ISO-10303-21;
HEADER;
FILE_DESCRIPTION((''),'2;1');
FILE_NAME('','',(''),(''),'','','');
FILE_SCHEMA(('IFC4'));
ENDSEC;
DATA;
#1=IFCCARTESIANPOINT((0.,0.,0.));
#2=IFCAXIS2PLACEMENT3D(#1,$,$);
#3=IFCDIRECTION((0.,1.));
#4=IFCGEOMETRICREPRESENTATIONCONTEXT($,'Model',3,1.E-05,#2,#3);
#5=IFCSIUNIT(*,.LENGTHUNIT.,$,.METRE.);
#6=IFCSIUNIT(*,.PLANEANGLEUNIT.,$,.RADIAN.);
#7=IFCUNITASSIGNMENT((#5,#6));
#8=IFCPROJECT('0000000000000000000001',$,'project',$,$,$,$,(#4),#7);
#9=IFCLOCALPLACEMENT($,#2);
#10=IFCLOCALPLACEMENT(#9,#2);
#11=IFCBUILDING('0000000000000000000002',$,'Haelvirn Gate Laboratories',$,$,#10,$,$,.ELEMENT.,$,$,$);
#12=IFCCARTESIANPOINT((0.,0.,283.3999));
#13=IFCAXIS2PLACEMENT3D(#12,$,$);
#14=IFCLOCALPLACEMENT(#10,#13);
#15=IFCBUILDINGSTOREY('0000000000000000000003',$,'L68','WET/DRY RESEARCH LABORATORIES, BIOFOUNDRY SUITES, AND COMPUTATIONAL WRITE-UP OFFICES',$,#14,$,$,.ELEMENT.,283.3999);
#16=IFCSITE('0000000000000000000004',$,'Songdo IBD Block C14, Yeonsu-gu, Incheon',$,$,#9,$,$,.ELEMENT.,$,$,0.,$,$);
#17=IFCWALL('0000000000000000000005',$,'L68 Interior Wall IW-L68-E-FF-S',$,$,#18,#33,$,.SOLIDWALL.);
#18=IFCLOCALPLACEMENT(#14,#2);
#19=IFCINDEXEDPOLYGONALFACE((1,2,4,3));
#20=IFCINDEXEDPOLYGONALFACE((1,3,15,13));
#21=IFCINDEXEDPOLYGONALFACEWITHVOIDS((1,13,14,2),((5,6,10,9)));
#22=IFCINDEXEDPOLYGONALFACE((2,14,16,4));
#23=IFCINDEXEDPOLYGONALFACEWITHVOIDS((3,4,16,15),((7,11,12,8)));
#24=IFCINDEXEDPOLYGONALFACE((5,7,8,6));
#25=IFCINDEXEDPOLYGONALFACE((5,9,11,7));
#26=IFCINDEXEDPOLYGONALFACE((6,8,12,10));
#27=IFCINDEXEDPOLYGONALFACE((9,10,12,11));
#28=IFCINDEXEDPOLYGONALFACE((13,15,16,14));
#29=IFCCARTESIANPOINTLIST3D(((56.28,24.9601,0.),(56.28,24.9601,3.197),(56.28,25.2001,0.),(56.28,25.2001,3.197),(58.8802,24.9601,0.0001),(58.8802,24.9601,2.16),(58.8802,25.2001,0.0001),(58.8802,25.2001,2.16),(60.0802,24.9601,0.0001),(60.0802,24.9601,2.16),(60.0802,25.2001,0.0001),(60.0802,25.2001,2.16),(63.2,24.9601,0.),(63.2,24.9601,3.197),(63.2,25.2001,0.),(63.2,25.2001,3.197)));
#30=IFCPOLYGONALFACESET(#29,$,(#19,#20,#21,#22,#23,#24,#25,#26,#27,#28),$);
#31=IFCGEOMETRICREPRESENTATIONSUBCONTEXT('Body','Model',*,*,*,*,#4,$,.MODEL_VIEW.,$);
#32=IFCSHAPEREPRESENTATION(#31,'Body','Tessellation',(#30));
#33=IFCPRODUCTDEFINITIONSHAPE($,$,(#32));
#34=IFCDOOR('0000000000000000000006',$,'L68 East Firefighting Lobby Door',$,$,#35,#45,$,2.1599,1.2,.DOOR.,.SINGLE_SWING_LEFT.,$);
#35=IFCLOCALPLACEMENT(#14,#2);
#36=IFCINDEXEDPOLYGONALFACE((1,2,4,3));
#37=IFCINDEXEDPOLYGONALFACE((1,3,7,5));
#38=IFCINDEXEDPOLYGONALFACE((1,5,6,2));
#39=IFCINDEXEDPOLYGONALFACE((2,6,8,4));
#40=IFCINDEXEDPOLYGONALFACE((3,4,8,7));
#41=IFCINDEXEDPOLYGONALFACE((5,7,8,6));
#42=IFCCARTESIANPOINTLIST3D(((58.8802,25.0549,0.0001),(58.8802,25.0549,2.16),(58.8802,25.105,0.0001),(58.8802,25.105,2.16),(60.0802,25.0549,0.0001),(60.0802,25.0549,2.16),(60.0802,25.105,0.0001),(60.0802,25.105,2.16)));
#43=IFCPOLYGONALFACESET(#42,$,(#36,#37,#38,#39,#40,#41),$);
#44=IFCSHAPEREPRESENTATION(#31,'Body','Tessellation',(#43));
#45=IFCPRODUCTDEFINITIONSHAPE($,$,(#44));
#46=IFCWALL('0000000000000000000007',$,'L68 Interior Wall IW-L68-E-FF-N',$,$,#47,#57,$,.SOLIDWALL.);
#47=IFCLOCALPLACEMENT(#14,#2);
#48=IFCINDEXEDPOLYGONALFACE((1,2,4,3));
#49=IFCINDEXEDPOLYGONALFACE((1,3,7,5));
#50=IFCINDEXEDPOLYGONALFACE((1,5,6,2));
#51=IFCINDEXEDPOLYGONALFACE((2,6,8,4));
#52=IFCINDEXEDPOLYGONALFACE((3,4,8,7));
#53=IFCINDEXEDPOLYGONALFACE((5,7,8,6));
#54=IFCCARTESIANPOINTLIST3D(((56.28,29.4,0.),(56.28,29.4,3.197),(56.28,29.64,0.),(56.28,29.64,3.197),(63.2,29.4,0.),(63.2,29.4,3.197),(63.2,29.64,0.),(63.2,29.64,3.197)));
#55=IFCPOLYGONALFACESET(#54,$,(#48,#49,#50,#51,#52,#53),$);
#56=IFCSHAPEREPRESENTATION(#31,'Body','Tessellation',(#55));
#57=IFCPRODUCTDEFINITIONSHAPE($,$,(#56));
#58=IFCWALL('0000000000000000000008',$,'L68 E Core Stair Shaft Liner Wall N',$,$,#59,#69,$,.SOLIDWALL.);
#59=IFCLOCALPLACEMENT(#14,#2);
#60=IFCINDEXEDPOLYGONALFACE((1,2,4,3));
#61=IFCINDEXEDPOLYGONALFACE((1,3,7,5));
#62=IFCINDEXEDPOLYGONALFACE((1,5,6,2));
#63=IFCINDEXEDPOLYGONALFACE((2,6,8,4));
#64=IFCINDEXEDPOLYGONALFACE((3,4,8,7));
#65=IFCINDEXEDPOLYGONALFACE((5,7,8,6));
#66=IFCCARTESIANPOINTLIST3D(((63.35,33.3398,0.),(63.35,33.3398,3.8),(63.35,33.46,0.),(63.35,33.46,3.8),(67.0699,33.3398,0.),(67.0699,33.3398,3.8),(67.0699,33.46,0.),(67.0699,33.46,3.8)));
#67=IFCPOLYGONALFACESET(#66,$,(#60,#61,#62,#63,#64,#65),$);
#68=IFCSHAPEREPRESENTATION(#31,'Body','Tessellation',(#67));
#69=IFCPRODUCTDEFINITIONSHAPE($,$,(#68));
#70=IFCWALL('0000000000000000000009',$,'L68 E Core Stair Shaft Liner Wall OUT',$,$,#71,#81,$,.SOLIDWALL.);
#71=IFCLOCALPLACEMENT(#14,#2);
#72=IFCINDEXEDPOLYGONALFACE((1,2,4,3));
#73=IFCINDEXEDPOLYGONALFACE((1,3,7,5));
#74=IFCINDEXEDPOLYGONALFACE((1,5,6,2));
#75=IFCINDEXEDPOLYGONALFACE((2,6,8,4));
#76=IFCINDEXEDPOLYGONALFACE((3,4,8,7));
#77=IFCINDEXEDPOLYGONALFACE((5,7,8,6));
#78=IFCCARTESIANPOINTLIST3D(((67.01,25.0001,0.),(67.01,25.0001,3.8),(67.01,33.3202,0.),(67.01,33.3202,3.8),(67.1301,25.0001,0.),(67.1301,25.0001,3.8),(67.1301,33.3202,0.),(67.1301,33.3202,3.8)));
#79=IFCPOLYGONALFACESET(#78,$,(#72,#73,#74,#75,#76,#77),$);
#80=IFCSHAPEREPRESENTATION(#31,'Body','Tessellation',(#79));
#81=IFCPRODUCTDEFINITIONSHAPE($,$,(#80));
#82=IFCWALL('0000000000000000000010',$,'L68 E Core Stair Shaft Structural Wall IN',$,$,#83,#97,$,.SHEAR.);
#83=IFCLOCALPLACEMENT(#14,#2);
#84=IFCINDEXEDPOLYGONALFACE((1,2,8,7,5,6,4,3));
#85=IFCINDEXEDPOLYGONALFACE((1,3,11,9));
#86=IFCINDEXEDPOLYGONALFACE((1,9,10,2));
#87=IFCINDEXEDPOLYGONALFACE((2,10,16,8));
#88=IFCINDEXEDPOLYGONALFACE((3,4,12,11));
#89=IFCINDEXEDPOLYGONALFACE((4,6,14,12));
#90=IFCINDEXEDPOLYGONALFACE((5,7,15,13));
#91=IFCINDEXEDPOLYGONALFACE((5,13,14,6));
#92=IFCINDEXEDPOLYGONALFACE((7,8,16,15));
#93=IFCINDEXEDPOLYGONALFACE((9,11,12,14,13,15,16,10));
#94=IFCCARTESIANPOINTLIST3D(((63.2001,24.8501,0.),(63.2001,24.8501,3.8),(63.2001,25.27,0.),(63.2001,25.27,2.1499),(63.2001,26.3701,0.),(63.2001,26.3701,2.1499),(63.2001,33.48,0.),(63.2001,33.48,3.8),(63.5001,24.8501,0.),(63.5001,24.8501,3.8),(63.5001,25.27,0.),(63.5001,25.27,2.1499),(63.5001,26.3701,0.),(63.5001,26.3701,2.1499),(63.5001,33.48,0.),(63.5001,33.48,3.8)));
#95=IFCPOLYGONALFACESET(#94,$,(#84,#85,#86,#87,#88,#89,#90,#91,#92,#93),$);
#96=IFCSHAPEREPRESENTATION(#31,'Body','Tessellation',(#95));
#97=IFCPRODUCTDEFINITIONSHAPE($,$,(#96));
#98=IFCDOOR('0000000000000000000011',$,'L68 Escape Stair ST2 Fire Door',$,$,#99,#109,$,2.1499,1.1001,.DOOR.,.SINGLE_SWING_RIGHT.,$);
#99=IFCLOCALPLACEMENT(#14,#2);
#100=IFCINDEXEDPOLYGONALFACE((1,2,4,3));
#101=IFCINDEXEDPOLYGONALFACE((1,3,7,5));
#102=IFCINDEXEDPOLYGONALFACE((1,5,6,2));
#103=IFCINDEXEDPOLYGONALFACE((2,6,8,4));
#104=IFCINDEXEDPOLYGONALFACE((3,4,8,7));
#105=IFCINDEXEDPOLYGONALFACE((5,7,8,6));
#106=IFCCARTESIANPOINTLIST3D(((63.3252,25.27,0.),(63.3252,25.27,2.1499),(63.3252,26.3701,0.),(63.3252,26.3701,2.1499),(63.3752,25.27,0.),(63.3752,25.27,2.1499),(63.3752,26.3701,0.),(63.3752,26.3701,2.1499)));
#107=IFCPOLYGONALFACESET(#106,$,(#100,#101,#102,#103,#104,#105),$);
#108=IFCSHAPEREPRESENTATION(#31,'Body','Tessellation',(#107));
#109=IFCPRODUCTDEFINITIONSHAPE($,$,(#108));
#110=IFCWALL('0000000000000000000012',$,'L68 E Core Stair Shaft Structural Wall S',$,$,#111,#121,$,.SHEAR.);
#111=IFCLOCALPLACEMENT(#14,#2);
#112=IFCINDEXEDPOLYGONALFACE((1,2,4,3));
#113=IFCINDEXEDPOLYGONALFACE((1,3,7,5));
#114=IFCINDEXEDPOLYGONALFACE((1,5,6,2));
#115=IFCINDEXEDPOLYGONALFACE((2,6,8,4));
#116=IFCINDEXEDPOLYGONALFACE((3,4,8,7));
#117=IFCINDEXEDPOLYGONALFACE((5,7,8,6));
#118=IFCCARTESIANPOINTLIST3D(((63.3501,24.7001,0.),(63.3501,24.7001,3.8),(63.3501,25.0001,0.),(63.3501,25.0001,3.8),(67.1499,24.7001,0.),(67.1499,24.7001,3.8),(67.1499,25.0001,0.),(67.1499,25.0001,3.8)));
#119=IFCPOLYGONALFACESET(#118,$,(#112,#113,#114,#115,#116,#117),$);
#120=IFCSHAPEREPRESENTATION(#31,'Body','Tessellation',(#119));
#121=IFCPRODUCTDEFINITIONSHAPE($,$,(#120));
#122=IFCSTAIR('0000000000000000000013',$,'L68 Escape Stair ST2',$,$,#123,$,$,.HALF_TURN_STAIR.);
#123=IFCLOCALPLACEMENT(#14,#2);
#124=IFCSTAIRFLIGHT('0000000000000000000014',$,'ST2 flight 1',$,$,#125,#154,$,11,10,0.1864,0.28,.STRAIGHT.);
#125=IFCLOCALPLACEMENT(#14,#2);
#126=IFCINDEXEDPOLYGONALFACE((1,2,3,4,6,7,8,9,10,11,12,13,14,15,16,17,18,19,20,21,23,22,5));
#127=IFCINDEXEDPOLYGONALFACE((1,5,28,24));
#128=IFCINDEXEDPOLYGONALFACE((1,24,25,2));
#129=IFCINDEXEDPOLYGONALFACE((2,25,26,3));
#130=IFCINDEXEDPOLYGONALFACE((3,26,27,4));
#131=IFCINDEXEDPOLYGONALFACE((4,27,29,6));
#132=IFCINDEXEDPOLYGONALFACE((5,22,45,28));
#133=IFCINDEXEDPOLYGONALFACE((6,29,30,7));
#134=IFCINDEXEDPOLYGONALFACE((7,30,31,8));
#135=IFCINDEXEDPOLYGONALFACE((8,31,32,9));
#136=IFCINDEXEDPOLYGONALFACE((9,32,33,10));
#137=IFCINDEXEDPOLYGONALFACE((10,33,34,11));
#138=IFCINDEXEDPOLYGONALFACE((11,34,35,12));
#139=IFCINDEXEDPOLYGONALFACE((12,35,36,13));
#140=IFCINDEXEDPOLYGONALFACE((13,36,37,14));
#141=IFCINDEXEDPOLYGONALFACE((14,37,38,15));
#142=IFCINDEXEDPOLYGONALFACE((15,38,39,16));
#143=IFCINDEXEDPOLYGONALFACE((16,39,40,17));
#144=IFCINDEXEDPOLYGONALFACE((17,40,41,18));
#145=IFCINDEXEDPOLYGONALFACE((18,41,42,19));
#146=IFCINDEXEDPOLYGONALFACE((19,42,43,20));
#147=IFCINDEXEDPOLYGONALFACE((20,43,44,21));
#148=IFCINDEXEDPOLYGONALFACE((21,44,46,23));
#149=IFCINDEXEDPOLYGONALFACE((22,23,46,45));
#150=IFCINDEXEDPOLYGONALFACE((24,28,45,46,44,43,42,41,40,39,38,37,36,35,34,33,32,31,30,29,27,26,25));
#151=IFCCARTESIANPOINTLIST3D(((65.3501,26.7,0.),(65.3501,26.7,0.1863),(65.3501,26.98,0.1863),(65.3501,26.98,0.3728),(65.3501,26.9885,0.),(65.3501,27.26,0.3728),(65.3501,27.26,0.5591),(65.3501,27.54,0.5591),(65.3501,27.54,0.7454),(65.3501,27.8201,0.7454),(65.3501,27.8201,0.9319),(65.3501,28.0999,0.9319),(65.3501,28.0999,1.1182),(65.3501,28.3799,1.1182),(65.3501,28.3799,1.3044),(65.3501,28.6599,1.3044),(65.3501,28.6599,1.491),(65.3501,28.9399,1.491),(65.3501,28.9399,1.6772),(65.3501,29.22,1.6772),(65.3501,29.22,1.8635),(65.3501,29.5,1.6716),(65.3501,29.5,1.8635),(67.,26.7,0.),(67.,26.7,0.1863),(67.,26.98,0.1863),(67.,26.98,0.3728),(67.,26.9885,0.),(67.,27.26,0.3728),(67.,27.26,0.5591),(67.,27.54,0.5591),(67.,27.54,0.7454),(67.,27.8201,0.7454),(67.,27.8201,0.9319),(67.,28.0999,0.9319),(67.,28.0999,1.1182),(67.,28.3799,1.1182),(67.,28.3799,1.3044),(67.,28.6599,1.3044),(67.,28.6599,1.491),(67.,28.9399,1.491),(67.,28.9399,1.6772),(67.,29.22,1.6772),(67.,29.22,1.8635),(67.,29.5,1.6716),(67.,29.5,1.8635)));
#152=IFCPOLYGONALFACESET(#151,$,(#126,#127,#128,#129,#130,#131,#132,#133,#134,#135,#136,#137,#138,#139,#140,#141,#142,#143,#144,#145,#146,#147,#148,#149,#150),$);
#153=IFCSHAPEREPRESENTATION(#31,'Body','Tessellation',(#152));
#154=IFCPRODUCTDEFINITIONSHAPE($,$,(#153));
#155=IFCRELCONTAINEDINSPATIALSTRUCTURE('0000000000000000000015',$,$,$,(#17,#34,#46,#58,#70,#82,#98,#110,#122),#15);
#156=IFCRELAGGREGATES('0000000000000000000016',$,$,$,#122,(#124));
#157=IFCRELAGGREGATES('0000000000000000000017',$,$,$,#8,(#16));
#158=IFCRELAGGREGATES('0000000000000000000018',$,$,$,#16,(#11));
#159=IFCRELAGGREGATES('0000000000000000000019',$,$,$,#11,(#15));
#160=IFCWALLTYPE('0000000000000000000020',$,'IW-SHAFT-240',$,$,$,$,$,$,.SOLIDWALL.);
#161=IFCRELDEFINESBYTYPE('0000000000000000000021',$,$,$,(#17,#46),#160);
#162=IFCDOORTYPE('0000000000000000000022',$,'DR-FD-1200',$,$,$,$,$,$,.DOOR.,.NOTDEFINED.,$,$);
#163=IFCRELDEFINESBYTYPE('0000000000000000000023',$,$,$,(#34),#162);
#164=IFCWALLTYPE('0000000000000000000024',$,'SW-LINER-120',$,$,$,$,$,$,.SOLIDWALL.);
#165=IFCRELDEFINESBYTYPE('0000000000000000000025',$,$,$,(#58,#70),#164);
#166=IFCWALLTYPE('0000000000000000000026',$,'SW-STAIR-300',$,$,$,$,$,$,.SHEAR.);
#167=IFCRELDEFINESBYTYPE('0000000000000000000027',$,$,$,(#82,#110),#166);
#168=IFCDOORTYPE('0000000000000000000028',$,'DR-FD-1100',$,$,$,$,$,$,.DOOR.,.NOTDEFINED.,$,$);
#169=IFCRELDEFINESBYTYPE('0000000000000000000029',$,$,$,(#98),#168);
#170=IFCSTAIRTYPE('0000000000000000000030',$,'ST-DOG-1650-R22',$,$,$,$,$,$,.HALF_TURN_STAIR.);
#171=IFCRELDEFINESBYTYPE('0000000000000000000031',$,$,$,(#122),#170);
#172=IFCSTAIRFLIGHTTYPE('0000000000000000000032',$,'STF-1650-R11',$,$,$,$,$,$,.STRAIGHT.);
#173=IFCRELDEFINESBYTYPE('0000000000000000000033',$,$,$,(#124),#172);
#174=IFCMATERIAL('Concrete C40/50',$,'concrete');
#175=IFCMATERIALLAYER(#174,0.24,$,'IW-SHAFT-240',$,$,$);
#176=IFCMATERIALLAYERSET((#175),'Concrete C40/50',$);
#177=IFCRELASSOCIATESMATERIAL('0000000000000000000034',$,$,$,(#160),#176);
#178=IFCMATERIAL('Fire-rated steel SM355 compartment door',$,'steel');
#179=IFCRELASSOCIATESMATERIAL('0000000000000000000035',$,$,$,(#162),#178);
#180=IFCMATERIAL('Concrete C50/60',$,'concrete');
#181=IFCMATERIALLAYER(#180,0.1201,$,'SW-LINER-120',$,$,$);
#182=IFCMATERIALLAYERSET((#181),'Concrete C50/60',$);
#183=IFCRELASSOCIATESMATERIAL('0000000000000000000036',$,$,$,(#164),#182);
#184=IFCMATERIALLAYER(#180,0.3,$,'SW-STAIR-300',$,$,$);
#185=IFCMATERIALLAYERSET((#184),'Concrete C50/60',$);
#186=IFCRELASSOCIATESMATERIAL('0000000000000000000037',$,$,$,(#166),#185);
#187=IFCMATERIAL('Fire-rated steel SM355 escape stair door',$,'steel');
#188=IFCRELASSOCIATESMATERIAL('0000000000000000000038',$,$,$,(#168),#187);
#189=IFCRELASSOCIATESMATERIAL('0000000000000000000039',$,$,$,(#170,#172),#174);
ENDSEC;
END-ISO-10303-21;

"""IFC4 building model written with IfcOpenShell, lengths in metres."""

from ifc_helpers import new_model, si_unit, direction, frame, frame_2d, origin, place, context, subcontext, project, spatial, polyline, rectangle, outline, extrude, source, transform, mapped, material, layer, layer_set, type_object, type_shapes, element, fill, aggregate, save


model = new_model("IFC4")

# Units and contexts
model_context = context("Model", 3, precision=1e-05, world=origin(), true_north=direction((0.0, 1.0)))
body_context = subcontext(model_context, "Body", "Model", "MODEL_VIEW")
ifc_project = project(units=[si_unit("LENGTHUNIT", "METRE"), si_unit("PLANEANGLEUNIT", "RADIAN")], contexts=[model_context])

# Site, building, storey
site_placement = place(None, origin())
site = spatial("IfcSite", under=ifc_project, at=site_placement, Name="Songdo IBD Block C14, Yeonsu-gu, Incheon", CompositionType="ELEMENT", RefElevation=0.0)
building_placement = place(site_placement, origin())
building = spatial("IfcBuilding", under=site, at=building_placement, Name="Haelvirn Gate Laboratories", CompositionType="ELEMENT")
storey_placement = place(building_placement, frame((0.0, 0.0, 283.3999)))
storey = spatial("IfcBuildingStorey", under=building, at=storey_placement, Name="L68", Description="WET/DRY RESEARCH LABORATORIES, BIOFOUNDRY SUITES, AND COMPUTATIONAL WRITE-UP OFFICES", CompositionType="ELEMENT", Elevation=283.3999)

# Wall, opening, door
ifc_material_1 = material(Name="Concrete C40/50", Category="concrete")
ifc_layer_1 = layer(ifc_material_1, 0.24, Name="IW-SHAFT-240")
ifc_layer_set_1 = layer_set([ifc_layer_1], Name="Concrete C40/50")
wall_type_1 = type_object("IfcWallType", Name="IW-SHAFT-240", PredefinedType="SOLIDWALL", material=ifc_layer_set_1)
wall_1_placement = place(storey_placement, frame((56.28, 25.0801, 0.0), z_axis=(0.0, 0.0, 1.0), x_axis=(1.0, 0.0, 0.0)))
wall_1 = element("IfcWall", 1, at=wall_1_placement, inside=storey, type_object=wall_type_1, Name="L68 Interior Wall IW-L68-E-FF-S", PredefinedType="SOLIDWALL", context=body_context, shape_type="SweptSolid", body=[
    extrude(rectangle(XDim=6.9199, YDim=0.24, at=frame_2d((3.46, 0.0))), origin(), (0.0, 0.0, 1.0), 3.197),
])
opening_1_placement = place(wall_1_placement, frame((2.6001, 0.0, 0.0)))
opening_1 = element("IfcOpeningElement", 2, at=opening_1_placement, cuts=wall_1, PredefinedType="OPENING", context=body_context, shape_type="SweptSolid", body=[
    extrude(rectangle(XDim=1.2, YDim=2.1599, at=frame_2d((0.6001, 1.0801))), frame((0.0, 0.1299, 0.0), z_axis=(0.0, -1.0, 0.0), x_axis=(1.0, 0.0, 0.0)), (0.0, 0.0, 1.0), 0.26),
])
ifc_material_2 = material(Name="Fire-rated steel SM355 compartment door", Category="steel")
door_type_1 = type_object("IfcDoorType", Name="DR-FD-1200", OperationType="NOTDEFINED", PredefinedType="DOOR", material=ifc_material_2)
shared_shape_1 = source(origin(), body_context, "Body", "SweptSolid", [
    extrude(rectangle(XDim=1.2, YDim=2.1599, at=frame_2d((0.6001, 1.0801))), frame((0.0, 0.0249, 0.0), z_axis=(0.0, -1.0, 0.0), x_axis=(1.0, 0.0, 0.0)), (0.0, 0.0, 1.0), 0.05),
])
type_shapes(door_type_1, [shared_shape_1])
door_1_placement = place(opening_1_placement, origin())
door_1 = element("IfcDoor", 3, at=door_1_placement, inside=storey, type_object=door_type_1, Name="L68 East Firefighting Lobby Door", OperationType="SINGLE_SWING_LEFT", OverallHeight=2.1599, OverallWidth=1.2, PredefinedType="DOOR", context=body_context, shape_type="MappedRepresentation", body=[
    mapped(shared_shape_1, transform((0.0, 0.0, 0.0), scale=1.0)),
])
fill(opening_1, door_1)

# Walls
wall_2_placement = place(storey_placement, frame((56.28, 29.52, 0.0), z_axis=(0.0, 0.0, 1.0), x_axis=(1.0, 0.0, 0.0)))
element("IfcWall", 4, at=wall_2_placement, inside=storey, type_object=wall_type_1, Name="L68 Interior Wall IW-L68-E-FF-N", PredefinedType="SOLIDWALL", context=body_context, shape_type="SweptSolid", body=[
    extrude(rectangle(XDim=6.9199, YDim=0.24, at=frame_2d((3.46, 0.0))), origin(), (0.0, 0.0, 1.0), 3.197),
])
ifc_material_3 = material(Name="Concrete C50/60", Category="concrete")
ifc_layer_2 = layer(ifc_material_3, 0.1201, Name="SW-LINER-120")
ifc_layer_set_2 = layer_set([ifc_layer_2], Name="Concrete C50/60")
wall_type_2 = type_object("IfcWallType", Name="SW-LINER-120", PredefinedType="SOLIDWALL", material=ifc_layer_set_2)
wall_3_placement = place(storey_placement, frame((63.3501, 33.3999, 0.0), z_axis=(0.0, 0.0, 1.0), x_axis=(1.0, 0.0, 0.0)))
element("IfcWall", 5, at=wall_3_placement, inside=storey, type_object=wall_type_2, Name="L68 E Core Stair Shaft Liner Wall N", PredefinedType="SOLIDWALL", context=body_context, shape_type="SweptSolid", body=[
    extrude(rectangle(XDim=3.72, YDim=0.1201, at=frame_2d((1.8599, 0.0))), origin(), (0.0, 0.0, 1.0), 3.8),
])
wall_4_placement = place(storey_placement, frame((67.0701, 25.0, 0.0), z_axis=(0.0, 0.0, 1.0), x_axis=(0.0, 1.0, 0.0)))
element("IfcWall", 6, at=wall_4_placement, inside=storey, type_object=wall_type_2, Name="L68 E Core Stair Shaft Liner Wall OUT", PredefinedType="SOLIDWALL", context=body_context, shape_type="SweptSolid", body=[
    extrude(rectangle(XDim=8.3201, YDim=0.1201, at=frame_2d((4.1602, 0.0))), origin(), (0.0, 0.0, 1.0), 3.8),
])

# Wall, opening, door
ifc_layer_3 = layer(ifc_material_3, 0.3, Name="SW-STAIR-300")
ifc_layer_set_3 = layer_set([ifc_layer_3], Name="Concrete C50/60")
wall_type_3 = type_object("IfcWallType", Name="SW-STAIR-300", PredefinedType="SHEAR", material=ifc_layer_set_3)
wall_5_placement = place(storey_placement, frame((63.3501, 24.8501, 0.0), z_axis=(0.0, 0.0, 1.0), x_axis=(0.0, 1.0, 0.0)))
wall_5 = element("IfcWall", 7, at=wall_5_placement, inside=storey, type_object=wall_type_3, Name="L68 E Core Stair Shaft Structural Wall IN", PredefinedType="SHEAR", context=body_context, shape_type="SweptSolid", body=[
    extrude(rectangle(XDim=8.6299, YDim=0.3, at=frame_2d((4.3149, 0.0))), origin(), (0.0, 0.0, 1.0), 3.8),
])
opening_2_placement = place(wall_5_placement, frame((0.4199, 0.0, 0.0)))
opening_2 = element("IfcOpeningElement", 8, at=opening_2_placement, cuts=wall_5, PredefinedType="OPENING", context=body_context, shape_type="SweptSolid", body=[
    extrude(rectangle(XDim=1.1001, YDim=2.1499, at=frame_2d((0.55, 1.075))), frame((0.0, 0.1602, 0.0), z_axis=(0.0, -1.0, 0.0), x_axis=(1.0, 0.0, 0.0)), (0.0, 0.0, 1.0), 0.3201),
])
ifc_material_4 = material(Name="Fire-rated steel SM355 escape stair door", Category="steel")
door_type_2 = type_object("IfcDoorType", Name="DR-FD-1100", OperationType="NOTDEFINED", PredefinedType="DOOR", material=ifc_material_4)
shared_shape_2 = source(origin(), body_context, "Body", "SweptSolid", [
    extrude(rectangle(XDim=1.1001, YDim=2.1499, at=frame_2d((0.55, 1.075))), frame((0.0, 0.0249, 0.0), z_axis=(0.0, -1.0, 0.0), x_axis=(1.0, 0.0, 0.0)), (0.0, 0.0, 1.0), 0.05),
])
type_shapes(door_type_2, [shared_shape_2])
door_2_placement = place(opening_2_placement, origin())
door_2 = element("IfcDoor", 9, at=door_2_placement, inside=storey, type_object=door_type_2, Name="L68 Escape Stair ST2 Fire Door", OperationType="SINGLE_SWING_RIGHT", OverallHeight=2.1499, OverallWidth=1.1001, PredefinedType="DOOR", context=body_context, shape_type="MappedRepresentation", body=[
    mapped(shared_shape_2, transform((0.0, 0.0, 0.0), scale=1.0)),
])
fill(opening_2, door_2)

# Wall
wall_6_placement = place(storey_placement, frame((63.3501, 24.8501, 0.0), z_axis=(0.0, 0.0, 1.0), x_axis=(1.0, 0.0, 0.0)))
element("IfcWall", 10, at=wall_6_placement, inside=storey, type_object=wall_type_3, Name="L68 E Core Stair Shaft Structural Wall S", PredefinedType="SHEAR", context=body_context, shape_type="SweptSolid", body=[
    extrude(rectangle(XDim=3.7998, YDim=0.3, at=frame_2d((1.8999, 0.0))), origin(), (0.0, 0.0, 1.0), 3.8),
])

# Stair, stair flight
stair_type = type_object("IfcStairType", Name="ST-DOG-1650-R22", PredefinedType="HALF_TURN_STAIR", material=ifc_material_1)
stair_placement = place(storey_placement, origin())
stair = element("IfcStair", 11, at=stair_placement, inside=storey, type_object=stair_type, Name="L68 Escape Stair ST2", PredefinedType="HALF_TURN_STAIR")
stair_flight_type = type_object("IfcStairFlightType", Name="STF-1650-R11", PredefinedType="STRAIGHT", material=ifc_material_1)
shared_shape_3 = source(origin(), body_context, "Body", "SweptSolid", [
    extrude(outline(polyline([(0.0, 0.0), (0.0, 0.1863), (0.28, 0.1863), (0.28, 0.3728), (0.5601, 0.3728), (0.5601, 0.5591), (0.8401, 0.5591), (0.8401, 0.7454), (1.1201, 0.7454), (1.1201, 0.9319), (1.3999, 0.9319), (1.3999, 1.1182), (1.6799, 1.1182), (1.6799, 1.3044), (1.96, 1.3044), (1.96, 1.491), (2.24, 1.491), (2.24, 1.6772), (2.52, 1.6772), (2.52, 1.8635), (2.8, 1.8635), (2.8, 2.05), (2.8, 1.6716), (0.2886, 0.0), (0.0, 0.0)])), frame((0.0, 0.825, 0.0), z_axis=(0.0, -1.0, 0.0), x_axis=(1.0, 0.0, 0.0)), (0.0, 0.0, 1.0), 1.6499),
])
type_shapes(stair_flight_type, [shared_shape_3])
stair_flight_1_placement = place(storey_placement, frame((66.175, 26.7, 0.0), z_axis=(0.0, 0.0, 1.0), x_axis=(0.0, 1.0, 0.0)))
stair_flight_1 = element("IfcStairFlight", 12, at=stair_flight_1_placement, type_object=stair_flight_type, Name="ST2 flight 1", NumberOfRisers=11, NumberOfTreads=10, PredefinedType="STRAIGHT", RiserHeight=0.1864, TreadLength=0.28, context=body_context, shape_type="MappedRepresentation", body=[
    mapped(shared_shape_3, transform((0.0, 0.0, 0.0), scale=1.0)),
])
aggregate(stair, [stair_flight_1])

save(model, "model.ifc")
